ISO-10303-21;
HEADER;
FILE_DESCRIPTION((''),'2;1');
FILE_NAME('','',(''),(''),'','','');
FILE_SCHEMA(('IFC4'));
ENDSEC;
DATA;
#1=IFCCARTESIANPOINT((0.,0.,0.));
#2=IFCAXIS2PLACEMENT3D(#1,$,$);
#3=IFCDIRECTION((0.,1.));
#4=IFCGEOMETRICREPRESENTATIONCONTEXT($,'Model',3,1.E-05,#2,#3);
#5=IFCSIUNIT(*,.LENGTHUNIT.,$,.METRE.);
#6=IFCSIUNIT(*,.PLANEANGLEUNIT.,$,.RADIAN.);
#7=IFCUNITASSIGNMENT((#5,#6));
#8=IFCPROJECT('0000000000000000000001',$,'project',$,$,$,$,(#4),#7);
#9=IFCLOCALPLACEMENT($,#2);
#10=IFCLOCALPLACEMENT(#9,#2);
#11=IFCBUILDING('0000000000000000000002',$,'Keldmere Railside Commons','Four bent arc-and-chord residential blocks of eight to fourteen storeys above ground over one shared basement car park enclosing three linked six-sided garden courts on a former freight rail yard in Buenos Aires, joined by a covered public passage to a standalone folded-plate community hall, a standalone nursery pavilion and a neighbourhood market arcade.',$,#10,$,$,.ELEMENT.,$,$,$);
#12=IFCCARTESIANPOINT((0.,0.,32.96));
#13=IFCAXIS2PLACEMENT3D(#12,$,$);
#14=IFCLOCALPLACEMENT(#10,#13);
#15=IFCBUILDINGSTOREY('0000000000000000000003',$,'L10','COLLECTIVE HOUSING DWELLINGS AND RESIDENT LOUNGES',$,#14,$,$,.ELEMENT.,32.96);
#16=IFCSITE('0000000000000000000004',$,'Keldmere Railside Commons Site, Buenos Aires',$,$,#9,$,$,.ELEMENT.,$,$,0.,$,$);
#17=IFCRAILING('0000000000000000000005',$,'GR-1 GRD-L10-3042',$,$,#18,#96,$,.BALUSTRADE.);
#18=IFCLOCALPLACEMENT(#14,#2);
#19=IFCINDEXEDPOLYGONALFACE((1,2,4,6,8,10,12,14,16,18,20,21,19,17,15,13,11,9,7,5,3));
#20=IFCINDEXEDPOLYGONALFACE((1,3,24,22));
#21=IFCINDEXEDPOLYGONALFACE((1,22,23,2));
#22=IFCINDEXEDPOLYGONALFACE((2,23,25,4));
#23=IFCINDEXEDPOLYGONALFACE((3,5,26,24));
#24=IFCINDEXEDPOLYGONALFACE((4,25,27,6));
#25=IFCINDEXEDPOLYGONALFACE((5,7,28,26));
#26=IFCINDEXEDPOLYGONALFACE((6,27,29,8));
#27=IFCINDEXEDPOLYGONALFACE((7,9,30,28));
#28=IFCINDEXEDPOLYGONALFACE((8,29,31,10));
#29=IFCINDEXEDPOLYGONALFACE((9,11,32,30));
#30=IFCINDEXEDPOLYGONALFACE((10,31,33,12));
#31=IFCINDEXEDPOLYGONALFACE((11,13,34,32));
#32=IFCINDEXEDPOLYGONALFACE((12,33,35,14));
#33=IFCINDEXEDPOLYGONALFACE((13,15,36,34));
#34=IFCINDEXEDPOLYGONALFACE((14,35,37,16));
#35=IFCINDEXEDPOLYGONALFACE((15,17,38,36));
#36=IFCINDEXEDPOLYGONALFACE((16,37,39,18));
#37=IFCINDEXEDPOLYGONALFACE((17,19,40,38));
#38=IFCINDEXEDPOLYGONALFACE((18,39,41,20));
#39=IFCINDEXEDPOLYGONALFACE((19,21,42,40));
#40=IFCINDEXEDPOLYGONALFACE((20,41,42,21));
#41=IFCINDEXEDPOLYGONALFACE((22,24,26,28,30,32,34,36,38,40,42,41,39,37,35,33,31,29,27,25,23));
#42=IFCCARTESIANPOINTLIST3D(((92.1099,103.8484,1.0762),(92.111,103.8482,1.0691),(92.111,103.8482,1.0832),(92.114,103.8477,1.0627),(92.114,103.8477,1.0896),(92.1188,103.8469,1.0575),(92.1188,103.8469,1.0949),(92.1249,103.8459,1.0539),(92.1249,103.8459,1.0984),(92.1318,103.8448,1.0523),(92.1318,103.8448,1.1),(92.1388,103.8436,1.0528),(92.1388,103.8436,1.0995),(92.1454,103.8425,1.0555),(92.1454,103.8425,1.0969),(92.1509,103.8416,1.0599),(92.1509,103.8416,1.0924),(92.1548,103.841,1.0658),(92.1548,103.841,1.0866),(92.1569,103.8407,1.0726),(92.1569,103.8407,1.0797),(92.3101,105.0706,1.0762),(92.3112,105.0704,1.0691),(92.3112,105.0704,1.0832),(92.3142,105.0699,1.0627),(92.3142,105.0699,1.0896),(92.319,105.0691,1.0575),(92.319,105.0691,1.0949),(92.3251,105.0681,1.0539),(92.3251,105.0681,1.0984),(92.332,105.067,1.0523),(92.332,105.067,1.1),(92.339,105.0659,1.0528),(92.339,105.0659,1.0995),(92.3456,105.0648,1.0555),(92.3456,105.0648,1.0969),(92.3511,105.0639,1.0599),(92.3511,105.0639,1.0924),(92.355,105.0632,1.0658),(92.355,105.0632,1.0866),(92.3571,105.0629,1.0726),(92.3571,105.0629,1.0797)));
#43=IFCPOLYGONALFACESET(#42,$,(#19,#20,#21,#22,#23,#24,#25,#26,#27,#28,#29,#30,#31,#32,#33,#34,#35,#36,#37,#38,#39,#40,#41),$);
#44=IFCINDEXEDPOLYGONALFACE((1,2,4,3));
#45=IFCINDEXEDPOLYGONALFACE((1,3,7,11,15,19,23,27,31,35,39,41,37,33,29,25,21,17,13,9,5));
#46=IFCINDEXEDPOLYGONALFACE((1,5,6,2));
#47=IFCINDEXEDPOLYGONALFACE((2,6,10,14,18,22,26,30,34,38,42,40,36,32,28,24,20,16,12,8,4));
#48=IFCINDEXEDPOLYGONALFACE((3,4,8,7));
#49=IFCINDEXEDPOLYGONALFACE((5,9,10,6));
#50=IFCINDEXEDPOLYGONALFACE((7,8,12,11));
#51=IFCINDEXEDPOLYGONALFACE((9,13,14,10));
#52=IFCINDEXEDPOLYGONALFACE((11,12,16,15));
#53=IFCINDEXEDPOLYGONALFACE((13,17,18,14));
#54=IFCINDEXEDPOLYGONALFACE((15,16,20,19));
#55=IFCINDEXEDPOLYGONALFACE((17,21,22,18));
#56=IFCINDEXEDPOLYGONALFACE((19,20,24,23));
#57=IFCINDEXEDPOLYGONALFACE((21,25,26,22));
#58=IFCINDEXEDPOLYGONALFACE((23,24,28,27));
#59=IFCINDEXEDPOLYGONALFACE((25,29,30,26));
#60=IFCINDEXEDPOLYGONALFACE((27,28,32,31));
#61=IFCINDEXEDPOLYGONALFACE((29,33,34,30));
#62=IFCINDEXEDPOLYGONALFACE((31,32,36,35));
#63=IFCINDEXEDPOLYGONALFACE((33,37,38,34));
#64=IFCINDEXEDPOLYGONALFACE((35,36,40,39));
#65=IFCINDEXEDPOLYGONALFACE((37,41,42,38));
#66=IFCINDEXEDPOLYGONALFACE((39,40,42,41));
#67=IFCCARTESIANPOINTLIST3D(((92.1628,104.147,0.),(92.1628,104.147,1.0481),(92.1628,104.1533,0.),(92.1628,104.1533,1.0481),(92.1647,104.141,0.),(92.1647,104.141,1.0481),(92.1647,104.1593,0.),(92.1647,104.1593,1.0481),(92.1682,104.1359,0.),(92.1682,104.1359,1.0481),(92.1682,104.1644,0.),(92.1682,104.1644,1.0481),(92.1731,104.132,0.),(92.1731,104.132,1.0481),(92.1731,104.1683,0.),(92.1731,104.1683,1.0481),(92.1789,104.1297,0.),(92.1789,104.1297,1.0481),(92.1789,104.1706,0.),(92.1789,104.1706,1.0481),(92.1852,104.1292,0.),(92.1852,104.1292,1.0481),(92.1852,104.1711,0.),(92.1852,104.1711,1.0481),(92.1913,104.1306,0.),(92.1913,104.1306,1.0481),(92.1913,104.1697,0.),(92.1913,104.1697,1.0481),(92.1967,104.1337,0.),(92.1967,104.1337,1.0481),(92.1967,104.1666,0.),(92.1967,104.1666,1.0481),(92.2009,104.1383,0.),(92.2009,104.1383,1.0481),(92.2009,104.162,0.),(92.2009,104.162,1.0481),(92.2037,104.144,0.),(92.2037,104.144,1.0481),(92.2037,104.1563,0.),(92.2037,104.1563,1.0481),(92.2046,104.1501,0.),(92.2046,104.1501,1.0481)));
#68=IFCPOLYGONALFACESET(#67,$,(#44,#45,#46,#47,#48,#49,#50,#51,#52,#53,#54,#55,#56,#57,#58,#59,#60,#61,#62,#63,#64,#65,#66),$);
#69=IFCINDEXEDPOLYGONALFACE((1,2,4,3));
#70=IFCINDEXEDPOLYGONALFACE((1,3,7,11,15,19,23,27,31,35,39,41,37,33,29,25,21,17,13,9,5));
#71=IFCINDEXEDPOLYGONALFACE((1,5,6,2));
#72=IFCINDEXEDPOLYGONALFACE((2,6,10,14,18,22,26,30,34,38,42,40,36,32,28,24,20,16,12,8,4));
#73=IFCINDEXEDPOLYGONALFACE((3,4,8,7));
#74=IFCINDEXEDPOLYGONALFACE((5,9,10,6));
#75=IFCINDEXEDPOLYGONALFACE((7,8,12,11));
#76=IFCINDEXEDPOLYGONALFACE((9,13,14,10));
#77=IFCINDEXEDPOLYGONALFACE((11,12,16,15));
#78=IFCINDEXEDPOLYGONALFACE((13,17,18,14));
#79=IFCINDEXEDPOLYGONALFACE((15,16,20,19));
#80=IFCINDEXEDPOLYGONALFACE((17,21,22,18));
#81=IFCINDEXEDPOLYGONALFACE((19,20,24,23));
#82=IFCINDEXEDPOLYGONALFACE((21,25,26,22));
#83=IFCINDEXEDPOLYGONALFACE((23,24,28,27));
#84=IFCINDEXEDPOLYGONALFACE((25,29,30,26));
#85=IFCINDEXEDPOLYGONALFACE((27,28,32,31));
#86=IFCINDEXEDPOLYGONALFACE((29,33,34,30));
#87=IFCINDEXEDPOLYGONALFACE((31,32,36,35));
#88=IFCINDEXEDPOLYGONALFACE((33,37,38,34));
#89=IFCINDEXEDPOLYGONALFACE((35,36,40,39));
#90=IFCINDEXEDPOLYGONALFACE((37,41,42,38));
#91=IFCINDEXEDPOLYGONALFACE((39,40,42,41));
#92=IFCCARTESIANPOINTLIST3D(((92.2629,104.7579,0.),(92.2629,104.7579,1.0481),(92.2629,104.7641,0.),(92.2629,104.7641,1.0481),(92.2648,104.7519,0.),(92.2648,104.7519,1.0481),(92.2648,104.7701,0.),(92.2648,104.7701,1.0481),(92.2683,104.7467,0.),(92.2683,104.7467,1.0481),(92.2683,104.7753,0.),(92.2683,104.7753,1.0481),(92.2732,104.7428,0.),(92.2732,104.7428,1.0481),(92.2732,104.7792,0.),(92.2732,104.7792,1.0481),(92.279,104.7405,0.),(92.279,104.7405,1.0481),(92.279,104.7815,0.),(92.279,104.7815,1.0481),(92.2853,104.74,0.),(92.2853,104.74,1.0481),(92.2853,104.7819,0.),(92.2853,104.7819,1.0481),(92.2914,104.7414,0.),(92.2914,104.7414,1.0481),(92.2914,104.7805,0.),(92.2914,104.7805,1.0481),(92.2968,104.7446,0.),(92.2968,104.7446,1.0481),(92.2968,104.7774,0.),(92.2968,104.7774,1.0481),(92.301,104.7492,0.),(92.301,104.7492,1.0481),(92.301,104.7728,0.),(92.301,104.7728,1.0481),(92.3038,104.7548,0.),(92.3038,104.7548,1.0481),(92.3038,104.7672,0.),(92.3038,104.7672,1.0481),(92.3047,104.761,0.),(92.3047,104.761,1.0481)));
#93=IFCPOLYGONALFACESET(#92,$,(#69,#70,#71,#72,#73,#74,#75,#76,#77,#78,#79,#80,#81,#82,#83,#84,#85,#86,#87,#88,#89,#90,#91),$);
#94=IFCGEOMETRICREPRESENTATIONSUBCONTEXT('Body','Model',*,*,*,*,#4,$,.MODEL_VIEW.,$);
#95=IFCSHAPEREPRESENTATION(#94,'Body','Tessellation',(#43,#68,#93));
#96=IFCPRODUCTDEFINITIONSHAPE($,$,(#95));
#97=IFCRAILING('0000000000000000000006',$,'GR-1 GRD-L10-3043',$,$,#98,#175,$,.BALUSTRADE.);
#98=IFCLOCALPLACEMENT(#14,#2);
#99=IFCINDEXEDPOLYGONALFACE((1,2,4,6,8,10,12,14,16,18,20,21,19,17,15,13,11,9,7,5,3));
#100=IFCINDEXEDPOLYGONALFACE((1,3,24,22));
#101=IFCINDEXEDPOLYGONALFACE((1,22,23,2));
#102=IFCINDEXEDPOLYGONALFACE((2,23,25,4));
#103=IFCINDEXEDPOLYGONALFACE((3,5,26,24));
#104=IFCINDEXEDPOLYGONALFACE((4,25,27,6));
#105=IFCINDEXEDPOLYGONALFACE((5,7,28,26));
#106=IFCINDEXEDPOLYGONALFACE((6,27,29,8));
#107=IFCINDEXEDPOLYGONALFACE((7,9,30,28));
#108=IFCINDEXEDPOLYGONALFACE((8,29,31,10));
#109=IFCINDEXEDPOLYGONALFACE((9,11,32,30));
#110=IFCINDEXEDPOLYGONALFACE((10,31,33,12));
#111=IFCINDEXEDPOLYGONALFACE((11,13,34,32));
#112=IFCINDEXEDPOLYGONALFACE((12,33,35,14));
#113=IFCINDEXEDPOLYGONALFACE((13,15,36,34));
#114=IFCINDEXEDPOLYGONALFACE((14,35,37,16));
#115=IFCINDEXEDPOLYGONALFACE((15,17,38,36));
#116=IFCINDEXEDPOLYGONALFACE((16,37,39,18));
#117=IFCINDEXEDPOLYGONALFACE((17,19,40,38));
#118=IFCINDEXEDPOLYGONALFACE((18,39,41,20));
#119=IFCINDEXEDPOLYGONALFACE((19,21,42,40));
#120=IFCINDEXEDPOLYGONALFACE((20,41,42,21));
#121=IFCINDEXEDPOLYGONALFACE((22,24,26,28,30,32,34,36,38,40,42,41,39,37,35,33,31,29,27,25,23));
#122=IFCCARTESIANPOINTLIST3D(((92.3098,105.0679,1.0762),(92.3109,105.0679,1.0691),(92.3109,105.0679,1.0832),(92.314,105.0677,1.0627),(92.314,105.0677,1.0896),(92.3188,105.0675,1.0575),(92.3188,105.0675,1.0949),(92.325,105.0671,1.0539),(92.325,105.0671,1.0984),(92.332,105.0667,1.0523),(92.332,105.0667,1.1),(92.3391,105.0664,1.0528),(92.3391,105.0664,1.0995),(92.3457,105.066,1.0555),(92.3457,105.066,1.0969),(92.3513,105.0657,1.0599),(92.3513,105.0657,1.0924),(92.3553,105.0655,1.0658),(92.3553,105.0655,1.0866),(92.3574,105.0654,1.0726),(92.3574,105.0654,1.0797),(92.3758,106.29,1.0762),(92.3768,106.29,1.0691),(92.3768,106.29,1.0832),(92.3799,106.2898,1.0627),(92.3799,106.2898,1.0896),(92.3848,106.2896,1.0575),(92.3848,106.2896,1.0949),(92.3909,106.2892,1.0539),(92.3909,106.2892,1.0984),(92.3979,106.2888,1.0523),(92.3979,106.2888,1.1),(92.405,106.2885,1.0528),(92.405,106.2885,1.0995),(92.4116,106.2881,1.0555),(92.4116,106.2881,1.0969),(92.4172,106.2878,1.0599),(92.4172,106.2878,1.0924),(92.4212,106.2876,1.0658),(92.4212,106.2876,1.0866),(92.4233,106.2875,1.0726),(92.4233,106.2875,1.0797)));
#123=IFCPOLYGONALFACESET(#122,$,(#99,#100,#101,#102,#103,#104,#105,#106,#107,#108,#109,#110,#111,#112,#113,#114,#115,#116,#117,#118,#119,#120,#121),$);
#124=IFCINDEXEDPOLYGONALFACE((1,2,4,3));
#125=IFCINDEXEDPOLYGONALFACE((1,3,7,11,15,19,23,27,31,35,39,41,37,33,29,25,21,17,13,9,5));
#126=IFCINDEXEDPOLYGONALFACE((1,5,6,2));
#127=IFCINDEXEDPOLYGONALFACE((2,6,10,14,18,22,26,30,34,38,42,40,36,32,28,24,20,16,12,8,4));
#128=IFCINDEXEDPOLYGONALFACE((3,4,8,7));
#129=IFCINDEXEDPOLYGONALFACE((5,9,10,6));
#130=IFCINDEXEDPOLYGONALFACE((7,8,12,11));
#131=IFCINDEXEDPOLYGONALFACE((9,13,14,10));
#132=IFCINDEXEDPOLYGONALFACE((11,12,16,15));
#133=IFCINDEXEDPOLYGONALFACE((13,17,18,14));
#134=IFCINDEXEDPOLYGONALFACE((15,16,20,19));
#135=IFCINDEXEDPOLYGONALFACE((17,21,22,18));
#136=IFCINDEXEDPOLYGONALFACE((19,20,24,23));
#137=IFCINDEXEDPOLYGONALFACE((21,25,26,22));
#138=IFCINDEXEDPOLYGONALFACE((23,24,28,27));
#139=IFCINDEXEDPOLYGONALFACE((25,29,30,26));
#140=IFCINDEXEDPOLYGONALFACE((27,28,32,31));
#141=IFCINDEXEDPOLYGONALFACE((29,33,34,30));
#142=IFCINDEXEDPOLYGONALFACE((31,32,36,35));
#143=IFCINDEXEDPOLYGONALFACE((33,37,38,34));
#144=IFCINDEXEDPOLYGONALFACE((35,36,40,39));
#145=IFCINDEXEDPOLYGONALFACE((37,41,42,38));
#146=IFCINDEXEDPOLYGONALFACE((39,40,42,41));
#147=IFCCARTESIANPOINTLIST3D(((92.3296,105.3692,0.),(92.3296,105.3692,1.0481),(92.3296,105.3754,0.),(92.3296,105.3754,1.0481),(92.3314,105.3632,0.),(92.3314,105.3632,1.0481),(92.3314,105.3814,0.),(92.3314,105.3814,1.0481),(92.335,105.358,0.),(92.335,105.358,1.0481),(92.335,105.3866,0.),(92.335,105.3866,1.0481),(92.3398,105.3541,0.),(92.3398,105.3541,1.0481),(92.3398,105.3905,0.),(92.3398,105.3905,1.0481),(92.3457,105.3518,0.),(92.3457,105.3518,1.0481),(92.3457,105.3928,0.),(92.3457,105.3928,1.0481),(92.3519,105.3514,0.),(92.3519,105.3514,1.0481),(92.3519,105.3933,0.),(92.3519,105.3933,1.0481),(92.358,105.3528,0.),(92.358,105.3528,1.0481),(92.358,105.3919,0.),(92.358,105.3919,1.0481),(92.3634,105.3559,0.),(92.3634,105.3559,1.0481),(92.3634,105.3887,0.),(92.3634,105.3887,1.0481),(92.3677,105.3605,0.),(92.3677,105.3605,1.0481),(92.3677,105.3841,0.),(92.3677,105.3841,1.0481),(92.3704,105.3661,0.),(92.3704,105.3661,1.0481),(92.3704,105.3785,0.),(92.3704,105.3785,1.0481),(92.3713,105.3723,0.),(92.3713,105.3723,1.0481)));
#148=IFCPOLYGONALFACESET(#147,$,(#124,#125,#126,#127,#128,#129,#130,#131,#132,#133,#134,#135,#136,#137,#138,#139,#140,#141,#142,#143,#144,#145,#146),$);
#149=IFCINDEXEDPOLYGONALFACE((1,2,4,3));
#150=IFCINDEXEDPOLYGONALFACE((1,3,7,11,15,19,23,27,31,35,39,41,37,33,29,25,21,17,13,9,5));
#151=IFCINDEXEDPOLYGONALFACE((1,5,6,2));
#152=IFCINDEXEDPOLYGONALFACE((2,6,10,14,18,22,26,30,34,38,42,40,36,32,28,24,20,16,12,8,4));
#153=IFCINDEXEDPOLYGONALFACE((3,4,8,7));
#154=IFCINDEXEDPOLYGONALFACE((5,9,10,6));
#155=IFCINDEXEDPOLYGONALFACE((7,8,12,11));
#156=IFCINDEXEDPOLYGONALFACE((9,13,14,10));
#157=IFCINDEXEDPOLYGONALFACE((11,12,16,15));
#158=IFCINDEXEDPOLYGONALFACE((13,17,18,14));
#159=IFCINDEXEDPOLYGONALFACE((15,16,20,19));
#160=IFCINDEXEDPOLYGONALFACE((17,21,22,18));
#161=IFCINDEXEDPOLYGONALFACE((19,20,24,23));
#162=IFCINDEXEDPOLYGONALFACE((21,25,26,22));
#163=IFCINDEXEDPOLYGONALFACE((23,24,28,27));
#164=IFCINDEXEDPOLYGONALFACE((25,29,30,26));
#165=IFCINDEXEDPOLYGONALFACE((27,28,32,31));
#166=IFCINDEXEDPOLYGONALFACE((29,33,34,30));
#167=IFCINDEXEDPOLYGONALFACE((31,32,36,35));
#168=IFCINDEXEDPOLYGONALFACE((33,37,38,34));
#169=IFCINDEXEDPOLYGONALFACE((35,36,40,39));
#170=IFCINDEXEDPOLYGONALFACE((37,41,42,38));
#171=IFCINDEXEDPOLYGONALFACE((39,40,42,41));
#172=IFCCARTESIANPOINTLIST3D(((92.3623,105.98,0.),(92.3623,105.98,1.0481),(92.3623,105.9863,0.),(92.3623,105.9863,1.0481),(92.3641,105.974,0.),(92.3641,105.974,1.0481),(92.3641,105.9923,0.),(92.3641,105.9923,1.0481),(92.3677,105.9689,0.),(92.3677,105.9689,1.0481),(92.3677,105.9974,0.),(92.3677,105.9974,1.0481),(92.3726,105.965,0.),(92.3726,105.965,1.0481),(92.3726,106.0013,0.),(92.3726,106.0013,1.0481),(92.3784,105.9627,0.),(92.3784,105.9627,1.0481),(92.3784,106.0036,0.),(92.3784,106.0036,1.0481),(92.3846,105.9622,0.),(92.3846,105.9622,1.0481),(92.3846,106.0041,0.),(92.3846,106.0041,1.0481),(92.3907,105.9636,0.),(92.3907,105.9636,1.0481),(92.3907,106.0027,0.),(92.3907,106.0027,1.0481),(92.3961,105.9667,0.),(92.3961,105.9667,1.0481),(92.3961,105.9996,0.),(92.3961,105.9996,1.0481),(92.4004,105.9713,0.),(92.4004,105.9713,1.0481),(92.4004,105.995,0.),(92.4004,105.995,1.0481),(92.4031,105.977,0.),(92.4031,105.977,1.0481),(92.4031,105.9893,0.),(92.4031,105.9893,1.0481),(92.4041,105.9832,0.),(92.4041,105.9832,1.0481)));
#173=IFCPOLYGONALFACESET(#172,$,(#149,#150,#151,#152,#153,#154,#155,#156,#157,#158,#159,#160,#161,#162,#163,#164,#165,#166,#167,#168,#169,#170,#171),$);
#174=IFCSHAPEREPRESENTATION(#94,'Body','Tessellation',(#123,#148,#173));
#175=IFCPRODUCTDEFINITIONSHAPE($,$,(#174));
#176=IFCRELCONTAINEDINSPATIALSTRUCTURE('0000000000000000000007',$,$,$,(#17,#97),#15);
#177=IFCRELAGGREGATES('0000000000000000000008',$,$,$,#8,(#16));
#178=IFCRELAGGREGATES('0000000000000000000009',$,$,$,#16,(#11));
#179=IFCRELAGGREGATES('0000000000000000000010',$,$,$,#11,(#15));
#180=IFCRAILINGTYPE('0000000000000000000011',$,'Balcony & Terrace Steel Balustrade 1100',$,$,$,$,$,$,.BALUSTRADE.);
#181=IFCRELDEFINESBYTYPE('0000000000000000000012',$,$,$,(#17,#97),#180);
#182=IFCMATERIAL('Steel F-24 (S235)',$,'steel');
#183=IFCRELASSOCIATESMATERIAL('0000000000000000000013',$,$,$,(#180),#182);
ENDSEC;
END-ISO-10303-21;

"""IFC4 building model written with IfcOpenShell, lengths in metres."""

from ifc_helpers import new_model, si_unit, direction, frame, origin, origin_2d, place, context, subcontext, project, spatial, circle, extrude, material, type_object, element, save


model = new_model("IFC4")

# Units and contexts
model_context = context("Model", 3, precision=1e-05, world=origin(), true_north=direction((0.0, 1.0)))
body_context = subcontext(model_context, "Body", "Model", "MODEL_VIEW")
ifc_project = project(units=[si_unit("LENGTHUNIT", "METRE"), si_unit("PLANEANGLEUNIT", "RADIAN")], contexts=[model_context])

# Site, building, storey
site_placement = place(None, origin())
site = spatial("IfcSite", under=ifc_project, at=site_placement, Name="Keldmere Railside Commons Site, Buenos Aires", CompositionType="ELEMENT", RefElevation=0.0)
building_placement = place(site_placement, origin())
building = spatial("IfcBuilding", under=site, at=building_placement, Name="Keldmere Railside Commons", Description="Four bent arc-and-chord residential blocks of eight to fourteen storeys above ground over one shared basement car park enclosing three linked six-sided garden courts on a former freight rail yard in Buenos Aires, joined by a covered public passage to a standalone folded-plate community hall, a standalone nursery pavilion and a neighbourhood market arcade.", CompositionType="ELEMENT")
storey_placement = place(building_placement, frame((0.0, 0.0, 32.96)))
storey = spatial("IfcBuildingStorey", under=building, at=storey_placement, Name="L10", Description="COLLECTIVE HOUSING DWELLINGS AND RESIDENT LOUNGES", CompositionType="ELEMENT", Elevation=32.96)

# Shared definitions
ifc_material_1 = material(Name="Steel F-24 (S235)", Category="steel")

# Railings
railing_type = type_object("IfcRailingType", Name="Balcony & Terrace Steel Balustrade 1100", PredefinedType="BALUSTRADE", material=ifc_material_1)
railing_1_placement = place(storey_placement, frame((92.1335, 103.8445, 0.0)))
element("IfcRailing", 1, at=railing_1_placement, inside=storey, type_object=railing_type, Name="GR-1 GRD-L10-3042", PredefinedType="BALUSTRADE", context=body_context, shape_type="SweptSolid", body=[
    extrude(circle(Radius=0.0239, at=origin_2d()), frame((0.0, 0.0, 1.0762), z_axis=(0.161649, 0.986848, 0.0), x_axis=(-0.986848, 0.161649, 0.0)), (0.0, 0.0, 1.0), 1.2385),
    extrude(circle(Radius=0.021, at=origin_2d()), frame((0.05, 0.3057, 0.0)), (0.0, 0.0, 1.0), 1.0481),
    extrude(circle(Radius=0.021, at=origin_2d()), frame((0.1501, 0.9165, 0.0)), (0.0, 0.0, 1.0), 1.0481),
])
railing_2_placement = place(storey_placement, frame((92.3337, 105.0667, 0.0)))
element("IfcRailing", 2, at=railing_2_placement, inside=storey, type_object=railing_type, Name="GR-1 GRD-L10-3043", PredefinedType="BALUSTRADE", context=body_context, shape_type="SweptSolid", body=[
    extrude(circle(Radius=0.0239, at=origin_2d()), frame((0.0, 0.0, 1.0762), z_axis=(0.053857, 0.998549, 0.0), x_axis=(-0.998549, 0.053857, 0.0)), (0.0, 0.0, 1.0), 1.2239),
    extrude(circle(Radius=0.021, at=origin_2d()), frame((0.0166, 0.3057, 0.0)), (0.0, 0.0, 1.0), 1.0481),
    extrude(circle(Radius=0.021, at=origin_2d()), frame((0.0493, 0.9165, 0.0)), (0.0, 0.0, 1.0), 1.0481),
])

save(model, "model.ifc")
